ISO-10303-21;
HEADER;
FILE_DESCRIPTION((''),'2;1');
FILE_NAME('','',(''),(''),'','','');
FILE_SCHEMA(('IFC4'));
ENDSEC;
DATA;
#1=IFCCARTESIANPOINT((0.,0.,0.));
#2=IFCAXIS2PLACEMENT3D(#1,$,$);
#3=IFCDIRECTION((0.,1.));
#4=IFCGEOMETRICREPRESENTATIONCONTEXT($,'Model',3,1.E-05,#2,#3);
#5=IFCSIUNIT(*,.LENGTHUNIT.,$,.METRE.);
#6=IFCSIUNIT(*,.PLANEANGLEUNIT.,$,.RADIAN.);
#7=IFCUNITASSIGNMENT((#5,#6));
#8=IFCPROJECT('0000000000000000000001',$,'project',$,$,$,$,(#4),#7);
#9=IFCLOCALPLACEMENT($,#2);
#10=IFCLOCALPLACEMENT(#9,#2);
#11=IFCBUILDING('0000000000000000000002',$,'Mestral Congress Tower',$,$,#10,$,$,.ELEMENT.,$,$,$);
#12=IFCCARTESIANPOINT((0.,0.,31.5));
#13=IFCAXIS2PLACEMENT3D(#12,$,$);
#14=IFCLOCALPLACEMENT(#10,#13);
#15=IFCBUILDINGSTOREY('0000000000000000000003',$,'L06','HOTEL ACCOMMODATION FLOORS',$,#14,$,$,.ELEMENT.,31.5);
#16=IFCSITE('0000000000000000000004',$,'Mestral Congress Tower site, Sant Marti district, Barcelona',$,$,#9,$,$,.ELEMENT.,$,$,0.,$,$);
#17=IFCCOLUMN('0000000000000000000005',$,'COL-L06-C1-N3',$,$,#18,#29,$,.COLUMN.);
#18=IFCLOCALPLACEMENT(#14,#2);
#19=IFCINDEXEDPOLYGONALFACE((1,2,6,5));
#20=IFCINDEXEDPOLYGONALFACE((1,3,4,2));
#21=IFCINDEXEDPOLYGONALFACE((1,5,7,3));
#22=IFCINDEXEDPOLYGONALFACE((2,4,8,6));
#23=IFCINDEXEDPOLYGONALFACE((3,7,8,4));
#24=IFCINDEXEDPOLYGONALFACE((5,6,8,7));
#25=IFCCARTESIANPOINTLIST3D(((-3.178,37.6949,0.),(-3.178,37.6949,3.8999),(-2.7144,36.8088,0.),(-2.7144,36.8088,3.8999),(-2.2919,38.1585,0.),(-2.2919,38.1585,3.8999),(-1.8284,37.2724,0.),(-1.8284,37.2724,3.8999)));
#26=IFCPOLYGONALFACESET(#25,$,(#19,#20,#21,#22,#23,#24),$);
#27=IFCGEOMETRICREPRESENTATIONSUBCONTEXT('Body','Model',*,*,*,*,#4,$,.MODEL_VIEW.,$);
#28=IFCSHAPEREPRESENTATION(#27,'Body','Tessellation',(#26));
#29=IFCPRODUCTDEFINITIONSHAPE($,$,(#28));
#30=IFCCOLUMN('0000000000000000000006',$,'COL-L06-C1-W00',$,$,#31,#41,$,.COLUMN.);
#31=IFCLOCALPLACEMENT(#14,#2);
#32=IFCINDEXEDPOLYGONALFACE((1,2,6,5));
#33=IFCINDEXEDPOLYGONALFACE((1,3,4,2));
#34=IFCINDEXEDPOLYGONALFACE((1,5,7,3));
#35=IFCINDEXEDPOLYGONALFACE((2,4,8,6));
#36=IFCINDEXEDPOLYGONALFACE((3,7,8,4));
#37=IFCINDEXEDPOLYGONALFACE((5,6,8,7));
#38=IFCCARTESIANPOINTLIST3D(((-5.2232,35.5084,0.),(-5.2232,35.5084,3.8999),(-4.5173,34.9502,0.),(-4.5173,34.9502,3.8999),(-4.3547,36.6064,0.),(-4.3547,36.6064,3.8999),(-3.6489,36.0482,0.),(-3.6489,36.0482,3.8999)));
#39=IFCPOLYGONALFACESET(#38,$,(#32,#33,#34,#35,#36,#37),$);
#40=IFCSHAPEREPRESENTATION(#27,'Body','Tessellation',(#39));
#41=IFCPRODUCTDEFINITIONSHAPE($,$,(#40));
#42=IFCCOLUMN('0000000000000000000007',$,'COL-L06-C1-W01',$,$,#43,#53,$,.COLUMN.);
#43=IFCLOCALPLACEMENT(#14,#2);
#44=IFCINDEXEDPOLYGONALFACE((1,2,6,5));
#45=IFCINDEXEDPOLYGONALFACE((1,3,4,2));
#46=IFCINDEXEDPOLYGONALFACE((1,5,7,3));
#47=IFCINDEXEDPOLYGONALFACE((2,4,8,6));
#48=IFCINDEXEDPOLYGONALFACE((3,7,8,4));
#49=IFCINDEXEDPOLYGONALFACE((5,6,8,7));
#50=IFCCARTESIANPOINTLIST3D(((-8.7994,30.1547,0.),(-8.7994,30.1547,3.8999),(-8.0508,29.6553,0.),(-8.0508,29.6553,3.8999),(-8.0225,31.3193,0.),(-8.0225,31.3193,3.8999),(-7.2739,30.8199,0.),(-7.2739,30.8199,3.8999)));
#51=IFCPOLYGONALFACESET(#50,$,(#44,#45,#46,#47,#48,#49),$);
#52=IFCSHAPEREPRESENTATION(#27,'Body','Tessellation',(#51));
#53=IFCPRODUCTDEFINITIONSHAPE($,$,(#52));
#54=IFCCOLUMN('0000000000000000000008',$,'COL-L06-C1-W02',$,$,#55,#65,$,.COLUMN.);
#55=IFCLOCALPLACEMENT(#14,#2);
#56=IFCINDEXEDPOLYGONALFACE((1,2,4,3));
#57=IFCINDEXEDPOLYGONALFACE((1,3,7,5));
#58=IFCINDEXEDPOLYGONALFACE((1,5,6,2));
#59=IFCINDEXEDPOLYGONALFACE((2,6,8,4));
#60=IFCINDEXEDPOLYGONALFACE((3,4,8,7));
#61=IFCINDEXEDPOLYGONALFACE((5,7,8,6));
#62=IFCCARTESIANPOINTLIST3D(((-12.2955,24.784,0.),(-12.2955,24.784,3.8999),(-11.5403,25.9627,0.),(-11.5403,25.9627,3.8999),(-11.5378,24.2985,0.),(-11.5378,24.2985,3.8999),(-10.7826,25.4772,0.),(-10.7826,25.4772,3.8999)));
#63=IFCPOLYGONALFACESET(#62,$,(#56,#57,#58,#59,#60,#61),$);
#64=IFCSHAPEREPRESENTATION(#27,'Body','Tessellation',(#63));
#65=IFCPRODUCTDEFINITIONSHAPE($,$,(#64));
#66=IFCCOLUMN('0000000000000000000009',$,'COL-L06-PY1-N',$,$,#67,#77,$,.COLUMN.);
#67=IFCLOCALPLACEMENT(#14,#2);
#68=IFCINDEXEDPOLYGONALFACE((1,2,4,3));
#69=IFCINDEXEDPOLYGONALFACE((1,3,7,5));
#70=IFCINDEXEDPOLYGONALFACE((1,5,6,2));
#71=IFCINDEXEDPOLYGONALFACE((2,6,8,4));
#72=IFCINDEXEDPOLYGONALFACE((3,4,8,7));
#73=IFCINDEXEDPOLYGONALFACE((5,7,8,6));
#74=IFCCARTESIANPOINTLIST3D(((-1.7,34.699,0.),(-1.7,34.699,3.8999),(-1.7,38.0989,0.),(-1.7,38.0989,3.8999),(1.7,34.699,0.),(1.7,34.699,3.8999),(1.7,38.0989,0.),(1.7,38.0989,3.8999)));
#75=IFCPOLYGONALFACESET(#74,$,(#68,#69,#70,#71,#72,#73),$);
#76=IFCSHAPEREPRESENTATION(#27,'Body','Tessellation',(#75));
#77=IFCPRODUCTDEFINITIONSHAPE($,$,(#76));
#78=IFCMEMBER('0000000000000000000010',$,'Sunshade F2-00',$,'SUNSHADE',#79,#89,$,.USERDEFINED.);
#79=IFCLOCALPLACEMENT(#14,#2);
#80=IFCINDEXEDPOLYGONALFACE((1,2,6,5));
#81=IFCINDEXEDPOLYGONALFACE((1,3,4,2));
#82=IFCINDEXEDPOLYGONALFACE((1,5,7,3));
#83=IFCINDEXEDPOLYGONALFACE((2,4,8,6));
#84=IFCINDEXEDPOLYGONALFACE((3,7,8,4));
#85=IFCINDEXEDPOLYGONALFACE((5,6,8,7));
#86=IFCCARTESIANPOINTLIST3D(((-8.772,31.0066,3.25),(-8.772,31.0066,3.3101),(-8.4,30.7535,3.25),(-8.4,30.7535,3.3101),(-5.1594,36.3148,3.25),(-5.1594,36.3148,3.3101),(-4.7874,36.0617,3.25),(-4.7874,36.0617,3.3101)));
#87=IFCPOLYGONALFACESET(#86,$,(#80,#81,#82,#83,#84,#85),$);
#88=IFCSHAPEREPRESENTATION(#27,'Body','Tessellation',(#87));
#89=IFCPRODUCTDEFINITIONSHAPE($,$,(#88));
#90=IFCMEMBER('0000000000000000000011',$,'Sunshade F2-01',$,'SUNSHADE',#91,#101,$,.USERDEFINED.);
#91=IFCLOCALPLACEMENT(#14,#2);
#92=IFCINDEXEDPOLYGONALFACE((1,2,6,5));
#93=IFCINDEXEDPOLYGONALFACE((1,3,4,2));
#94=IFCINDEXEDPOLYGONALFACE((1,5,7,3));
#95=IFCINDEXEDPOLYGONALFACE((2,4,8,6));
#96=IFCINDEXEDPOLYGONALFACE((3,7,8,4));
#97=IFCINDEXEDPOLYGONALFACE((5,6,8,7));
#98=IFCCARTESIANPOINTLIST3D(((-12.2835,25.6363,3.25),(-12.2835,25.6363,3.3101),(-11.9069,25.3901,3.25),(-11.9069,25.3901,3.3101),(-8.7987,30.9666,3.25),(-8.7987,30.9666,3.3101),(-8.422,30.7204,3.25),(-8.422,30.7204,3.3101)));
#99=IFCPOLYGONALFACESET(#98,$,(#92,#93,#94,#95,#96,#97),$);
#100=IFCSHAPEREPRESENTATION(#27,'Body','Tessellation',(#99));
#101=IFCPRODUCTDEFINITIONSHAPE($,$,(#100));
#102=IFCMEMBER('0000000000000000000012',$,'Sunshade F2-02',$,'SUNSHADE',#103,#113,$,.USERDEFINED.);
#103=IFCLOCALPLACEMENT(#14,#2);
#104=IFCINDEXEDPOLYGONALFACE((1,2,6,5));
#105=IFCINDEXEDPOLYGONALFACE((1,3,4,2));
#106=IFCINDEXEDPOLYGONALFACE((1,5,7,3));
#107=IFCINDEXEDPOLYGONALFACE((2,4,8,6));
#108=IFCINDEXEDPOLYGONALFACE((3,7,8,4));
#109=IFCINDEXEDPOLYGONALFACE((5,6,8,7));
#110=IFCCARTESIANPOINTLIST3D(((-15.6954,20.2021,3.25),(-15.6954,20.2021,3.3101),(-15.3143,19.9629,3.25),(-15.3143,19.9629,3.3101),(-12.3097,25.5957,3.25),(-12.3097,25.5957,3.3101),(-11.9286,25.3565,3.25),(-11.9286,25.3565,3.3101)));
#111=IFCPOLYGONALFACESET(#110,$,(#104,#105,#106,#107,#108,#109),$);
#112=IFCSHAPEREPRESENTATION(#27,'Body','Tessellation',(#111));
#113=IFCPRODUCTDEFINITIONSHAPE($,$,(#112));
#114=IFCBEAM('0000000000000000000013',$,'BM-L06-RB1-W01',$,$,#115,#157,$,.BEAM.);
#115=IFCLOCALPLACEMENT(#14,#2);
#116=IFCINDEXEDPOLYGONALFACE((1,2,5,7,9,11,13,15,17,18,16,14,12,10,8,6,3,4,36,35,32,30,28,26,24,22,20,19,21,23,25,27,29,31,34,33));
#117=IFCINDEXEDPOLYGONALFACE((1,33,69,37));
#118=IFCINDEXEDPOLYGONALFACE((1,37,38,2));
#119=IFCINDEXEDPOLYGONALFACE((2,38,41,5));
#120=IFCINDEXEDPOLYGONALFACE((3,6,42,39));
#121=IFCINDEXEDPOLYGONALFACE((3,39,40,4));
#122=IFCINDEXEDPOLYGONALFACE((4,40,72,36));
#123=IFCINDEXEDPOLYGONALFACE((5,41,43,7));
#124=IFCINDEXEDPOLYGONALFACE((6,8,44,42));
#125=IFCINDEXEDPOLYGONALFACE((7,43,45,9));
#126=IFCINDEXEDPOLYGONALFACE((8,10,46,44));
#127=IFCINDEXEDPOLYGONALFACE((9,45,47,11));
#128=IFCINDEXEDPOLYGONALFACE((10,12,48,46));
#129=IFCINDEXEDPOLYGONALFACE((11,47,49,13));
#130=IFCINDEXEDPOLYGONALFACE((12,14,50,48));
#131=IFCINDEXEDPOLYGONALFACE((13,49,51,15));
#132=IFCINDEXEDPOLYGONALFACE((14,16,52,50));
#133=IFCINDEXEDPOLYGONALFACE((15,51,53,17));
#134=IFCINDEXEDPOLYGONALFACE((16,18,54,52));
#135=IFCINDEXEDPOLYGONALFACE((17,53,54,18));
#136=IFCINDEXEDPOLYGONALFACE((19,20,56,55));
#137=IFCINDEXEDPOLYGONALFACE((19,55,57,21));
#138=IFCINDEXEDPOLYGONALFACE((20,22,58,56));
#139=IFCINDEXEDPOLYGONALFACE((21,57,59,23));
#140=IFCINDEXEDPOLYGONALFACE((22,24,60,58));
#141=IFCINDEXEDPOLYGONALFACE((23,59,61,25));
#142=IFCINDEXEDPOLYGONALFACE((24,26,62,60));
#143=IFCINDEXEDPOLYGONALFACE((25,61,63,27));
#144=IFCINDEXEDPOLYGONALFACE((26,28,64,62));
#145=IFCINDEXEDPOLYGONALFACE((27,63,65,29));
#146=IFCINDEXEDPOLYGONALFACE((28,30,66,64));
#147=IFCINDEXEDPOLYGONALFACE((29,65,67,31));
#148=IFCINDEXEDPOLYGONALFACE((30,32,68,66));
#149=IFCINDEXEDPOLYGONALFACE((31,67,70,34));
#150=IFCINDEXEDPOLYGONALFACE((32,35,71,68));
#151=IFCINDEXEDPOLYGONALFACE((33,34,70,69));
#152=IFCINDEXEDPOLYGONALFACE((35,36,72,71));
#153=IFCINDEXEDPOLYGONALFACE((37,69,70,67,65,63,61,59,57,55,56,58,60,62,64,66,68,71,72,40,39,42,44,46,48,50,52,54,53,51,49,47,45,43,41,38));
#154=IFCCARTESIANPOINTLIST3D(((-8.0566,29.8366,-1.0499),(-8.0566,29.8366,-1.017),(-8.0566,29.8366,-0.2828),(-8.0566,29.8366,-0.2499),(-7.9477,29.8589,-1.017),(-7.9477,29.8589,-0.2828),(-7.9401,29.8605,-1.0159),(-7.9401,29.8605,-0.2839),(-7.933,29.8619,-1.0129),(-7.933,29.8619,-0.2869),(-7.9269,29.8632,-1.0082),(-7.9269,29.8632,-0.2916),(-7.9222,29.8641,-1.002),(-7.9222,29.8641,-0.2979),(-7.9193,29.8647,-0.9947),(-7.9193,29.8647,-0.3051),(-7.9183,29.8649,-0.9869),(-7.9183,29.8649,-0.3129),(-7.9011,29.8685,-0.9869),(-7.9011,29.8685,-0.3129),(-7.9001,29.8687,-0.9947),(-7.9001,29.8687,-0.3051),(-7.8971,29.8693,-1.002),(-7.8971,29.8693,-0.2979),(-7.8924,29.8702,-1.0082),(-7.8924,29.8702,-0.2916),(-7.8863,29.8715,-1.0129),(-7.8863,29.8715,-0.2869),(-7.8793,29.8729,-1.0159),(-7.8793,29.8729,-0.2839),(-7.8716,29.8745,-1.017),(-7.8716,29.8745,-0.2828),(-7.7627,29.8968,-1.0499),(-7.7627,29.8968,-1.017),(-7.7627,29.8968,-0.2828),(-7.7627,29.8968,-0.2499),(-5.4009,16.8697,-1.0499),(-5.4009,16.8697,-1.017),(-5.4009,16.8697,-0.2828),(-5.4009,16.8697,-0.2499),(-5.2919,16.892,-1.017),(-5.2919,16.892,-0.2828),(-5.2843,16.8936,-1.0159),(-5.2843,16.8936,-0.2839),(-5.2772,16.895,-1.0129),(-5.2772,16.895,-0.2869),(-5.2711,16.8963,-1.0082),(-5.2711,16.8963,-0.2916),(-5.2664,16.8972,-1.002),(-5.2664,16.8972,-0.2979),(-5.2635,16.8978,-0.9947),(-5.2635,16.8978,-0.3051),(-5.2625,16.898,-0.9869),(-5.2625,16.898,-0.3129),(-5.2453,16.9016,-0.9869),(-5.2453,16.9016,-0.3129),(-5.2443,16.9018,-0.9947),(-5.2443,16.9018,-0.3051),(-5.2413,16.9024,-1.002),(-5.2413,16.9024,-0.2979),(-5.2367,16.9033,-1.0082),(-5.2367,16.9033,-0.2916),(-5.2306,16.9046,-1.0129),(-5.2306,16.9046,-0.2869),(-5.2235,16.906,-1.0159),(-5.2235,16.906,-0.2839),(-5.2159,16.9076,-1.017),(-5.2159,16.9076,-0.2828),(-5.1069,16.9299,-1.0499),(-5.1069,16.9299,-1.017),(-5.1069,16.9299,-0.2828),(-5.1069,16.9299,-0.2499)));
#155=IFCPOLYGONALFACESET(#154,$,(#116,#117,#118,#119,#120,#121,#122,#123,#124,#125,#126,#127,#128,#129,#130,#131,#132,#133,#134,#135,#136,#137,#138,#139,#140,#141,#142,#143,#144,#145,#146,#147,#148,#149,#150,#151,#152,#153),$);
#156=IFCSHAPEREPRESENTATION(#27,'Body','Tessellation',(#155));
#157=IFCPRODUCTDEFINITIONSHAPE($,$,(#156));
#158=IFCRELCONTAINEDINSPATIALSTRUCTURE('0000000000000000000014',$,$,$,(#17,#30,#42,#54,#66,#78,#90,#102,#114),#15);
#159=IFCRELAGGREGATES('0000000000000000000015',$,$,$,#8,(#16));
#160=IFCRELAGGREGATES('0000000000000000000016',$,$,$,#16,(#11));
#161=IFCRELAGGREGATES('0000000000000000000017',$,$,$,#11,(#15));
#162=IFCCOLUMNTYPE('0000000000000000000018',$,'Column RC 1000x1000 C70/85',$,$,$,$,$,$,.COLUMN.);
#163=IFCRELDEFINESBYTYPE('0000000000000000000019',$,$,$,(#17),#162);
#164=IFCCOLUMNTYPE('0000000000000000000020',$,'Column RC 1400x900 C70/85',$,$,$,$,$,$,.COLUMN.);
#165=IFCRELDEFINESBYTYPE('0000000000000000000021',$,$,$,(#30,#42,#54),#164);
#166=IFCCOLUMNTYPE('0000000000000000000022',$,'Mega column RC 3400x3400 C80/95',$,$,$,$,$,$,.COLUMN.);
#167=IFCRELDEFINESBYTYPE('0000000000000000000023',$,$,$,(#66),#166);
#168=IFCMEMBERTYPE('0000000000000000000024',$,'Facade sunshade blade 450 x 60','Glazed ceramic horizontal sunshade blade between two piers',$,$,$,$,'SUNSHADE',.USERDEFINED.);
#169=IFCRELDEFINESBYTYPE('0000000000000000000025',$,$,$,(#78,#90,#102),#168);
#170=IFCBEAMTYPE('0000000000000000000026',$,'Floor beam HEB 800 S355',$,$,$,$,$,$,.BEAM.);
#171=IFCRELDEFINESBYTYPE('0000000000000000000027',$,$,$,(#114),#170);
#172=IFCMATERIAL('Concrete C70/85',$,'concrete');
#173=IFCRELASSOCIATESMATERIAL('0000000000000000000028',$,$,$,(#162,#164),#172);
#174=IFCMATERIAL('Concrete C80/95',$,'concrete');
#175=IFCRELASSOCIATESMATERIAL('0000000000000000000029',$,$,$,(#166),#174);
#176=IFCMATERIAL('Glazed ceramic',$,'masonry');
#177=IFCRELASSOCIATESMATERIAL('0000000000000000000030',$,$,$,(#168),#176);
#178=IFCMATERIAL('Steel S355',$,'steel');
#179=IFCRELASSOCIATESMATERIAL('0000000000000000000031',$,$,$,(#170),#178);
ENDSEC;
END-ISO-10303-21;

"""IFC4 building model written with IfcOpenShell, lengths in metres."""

from ifc_helpers import new_model, si_unit, direction, frame, origin, origin_2d, place, context, subcontext, project, spatial, rectangle, i_section, extrude, material, material_profile, profile_set, type_object, element, save


model = new_model("IFC4")

# Units and contexts
model_context = context("Model", 3, precision=1e-05, world=origin(), true_north=direction((0.0, 1.0)))
body_context = subcontext(model_context, "Body", "Model", "MODEL_VIEW")
ifc_project = project(units=[si_unit("LENGTHUNIT", "METRE"), si_unit("PLANEANGLEUNIT", "RADIAN")], contexts=[model_context])

# Site, building, storey
site_placement = place(None, origin())
site = spatial("IfcSite", under=ifc_project, at=site_placement, Name="Mestral Congress Tower site, Sant Marti district, Barcelona", CompositionType="ELEMENT", RefElevation=0.0)
building_placement = place(site_placement, origin())
building = spatial("IfcBuilding", under=site, at=building_placement, Name="Mestral Congress Tower", CompositionType="ELEMENT")
storey_placement = place(building_placement, frame((0.0, 0.0, 31.5)))
storey = spatial("IfcBuildingStorey", under=building, at=storey_placement, Name="L06", Description="HOTEL ACCOMMODATION FLOORS", CompositionType="ELEMENT", Elevation=31.5)

# Columns
ifc_material_1 = material(Name="Concrete C70/85", Category="concrete")
ifc_material_profile_1 = material_profile(ifc_material_1, rectangle(XDim=1.0, YDim=1.0, at=origin_2d()), Name="RC 1000x1000")
ifc_profile_set_1 = profile_set([ifc_material_profile_1], Name="Concrete C70/85")
column_type_1 = type_object("IfcColumnType", Name="Column RC 1000x1000 C70/85", PredefinedType="COLUMN", material=ifc_profile_set_1)
column_1_placement = place(storey_placement, frame((-2.5032, 37.4836, 0.0), z_axis=(0.0, 0.0, 1.0), x_axis=(-0.886068, -0.463556, 0.0)))
element("IfcColumn", 1, at=column_1_placement, inside=storey, type_object=column_type_1, Name="COL-L06-C1-N3", PredefinedType="COLUMN", context=body_context, shape_type="SweptSolid", body=[
    extrude(rectangle(XDim=1.0, YDim=1.0, at=origin_2d()), origin(), (0.0, 0.0, 1.0), 3.8999),
])
ifc_material_profile_2 = material_profile(ifc_material_1, rectangle(XDim=1.3999, YDim=0.8999, at=origin_2d()), Name="RC 1400x900")
ifc_profile_set_2 = profile_set([ifc_material_profile_2], Name="Concrete C70/85")
column_type_2 = type_object("IfcColumnType", Name="Column RC 1400x900 C70/85", PredefinedType="COLUMN", material=ifc_profile_set_2)
for number, where, z_axis, x_axis, name in (
    (2, (-4.436, 35.7783, 0.0), (0.0, 0.0, 1.0), (-0.620334, -0.784338, 0.0), "COL-L06-C1-W00"),
    (3, (-8.0366, 30.4873, 0.0), (0.0, 0.0, 1.0), (-0.554949, -0.831884, 0.0), "COL-L06-C1-W01"),
    (4, (-11.5391, 25.1306, 0.0), (0.0, 0.0, 1.0), (-0.539476, -0.842001, 0.0), "COL-L06-C1-W02"),
):
    element("IfcColumn", number, at=place(storey_placement, frame(where, z_axis=z_axis, x_axis=x_axis)), inside=storey, type_object=column_type_2, Name=name, PredefinedType="COLUMN", context=body_context, shape_type="SweptSolid", body=[
        extrude(rectangle(XDim=1.3999, YDim=0.8999, at=origin_2d()), origin(), (0.0, 0.0, 1.0), 3.8999),
    ])
ifc_material_2 = material(Name="Concrete C80/95", Category="concrete")
ifc_material_profile_3 = material_profile(ifc_material_2, rectangle(XDim=3.3999, YDim=3.3999, at=origin_2d()), Name="RC 3400x3400")
ifc_profile_set_3 = profile_set([ifc_material_profile_3], Name="Concrete C80/95")
column_type_3 = type_object("IfcColumnType", Name="Mega column RC 3400x3400 C80/95", PredefinedType="COLUMN", material=ifc_profile_set_3)
column_2_placement = place(storey_placement, frame((0.0, 36.3989, 0.0), z_axis=(0.0, 0.0, 1.0), x_axis=(0.0, 1.0, 0.0)))
element("IfcColumn", 5, at=column_2_placement, inside=storey, type_object=column_type_3, Name="COL-L06-PY1-N", PredefinedType="COLUMN", context=body_context, shape_type="SweptSolid", body=[
    extrude(rectangle(XDim=3.3999, YDim=3.3999, at=origin_2d()), origin(), (0.0, 0.0, 1.0), 3.8999),
])

# Members
ifc_material_3 = material(Name="Glazed ceramic", Category="masonry")
ifc_material_profile_4 = material_profile(ifc_material_3, rectangle(XDim=0.45, YDim=0.0601, at=origin_2d()), Name="Ceramic blade 450 x 60")
ifc_profile_set_4 = profile_set([ifc_material_profile_4], Name="Glazed ceramic")
member_type = type_object("IfcMemberType", Name="Facade sunshade blade 450 x 60", Description="Glazed ceramic horizontal sunshade blade between two piers", ElementType="SUNSHADE", PredefinedType="USERDEFINED", material=ifc_profile_set_4)
member_1_placement = place(storey_placement, frame((-4.9734, 36.1882, 3.28), z_axis=(-0.562633, -0.826706, 0.0), x_axis=(0.826706, -0.562633, 0.0)))
element("IfcMember", 6, at=member_1_placement, inside=storey, type_object=member_type, Name="Sunshade F2-00", ObjectType="SUNSHADE", PredefinedType="USERDEFINED", context=body_context, shape_type="SweptSolid", body=[
    extrude(rectangle(XDim=0.45, YDim=0.0601, at=origin_2d()), origin(), (0.0, 0.0, 1.0), 6.4209),
])
member_2_placement = place(storey_placement, frame((-8.6104, 30.8435, 3.28), z_axis=(-0.547211, -0.836995, 0.0), x_axis=(0.836995, -0.547211, 0.0)))
element("IfcMember", 7, at=member_2_placement, inside=storey, type_object=member_type, Name="Sunshade F2-01", ObjectType="SUNSHADE", PredefinedType="USERDEFINED", context=body_context, shape_type="SweptSolid", body=[
    extrude(rectangle(XDim=0.45, YDim=0.0601, at=origin_2d()), origin(), (0.0, 0.0, 1.0), 6.3684),
])
member_3_placement = place(storey_placement, frame((-12.1191, 25.4761, 3.28), z_axis=(-0.531666, -0.846954, 0.0), x_axis=(0.846954, -0.531666, 0.0)))
element("IfcMember", 8, at=member_3_placement, inside=storey, type_object=member_type, Name="Sunshade F2-02", ObjectType="SUNSHADE", PredefinedType="USERDEFINED", context=body_context, shape_type="SweptSolid", body=[
    extrude(rectangle(XDim=0.45, YDim=0.0601, at=origin_2d()), origin(), (0.0, 0.0, 1.0), 6.3682),
])

# Beam
ifc_material_4 = material(Name="Steel S355", Category="steel")
ifc_material_profile_5 = material_profile(ifc_material_4, i_section(OverallWidth=0.3, OverallDepth=0.8, WebThickness=0.0176, FlangeThickness=0.033, FilletRadius=0.03, at=origin_2d()), Name="HEB 800")
ifc_profile_set_5 = profile_set([ifc_material_profile_5], Name="Steel S355")
beam_type_1 = type_object("IfcBeamType", Name="Floor beam HEB 800 S355", PredefinedType="BEAM", material=ifc_profile_set_5)
beam_1_placement = place(storey_placement, frame((-7.9097, 29.8667, -0.6499), z_axis=(0.200647, -0.979664, 0.0), x_axis=(0.979664, 0.200647, 0.0)))
element("IfcBeam", 9, at=beam_1_placement, inside=storey, type_object=beam_type_1, Name="BM-L06-RB1-W01", PredefinedType="BEAM", context=body_context, shape_type="SweptSolid", body=[
    extrude(i_section(OverallWidth=0.3, OverallDepth=0.8, WebThickness=0.0176, FlangeThickness=0.033, FilletRadius=0.03, at=origin_2d()), origin(), (0.0, 0.0, 1.0), 13.2361),
])

save(model, "model.ifc")
